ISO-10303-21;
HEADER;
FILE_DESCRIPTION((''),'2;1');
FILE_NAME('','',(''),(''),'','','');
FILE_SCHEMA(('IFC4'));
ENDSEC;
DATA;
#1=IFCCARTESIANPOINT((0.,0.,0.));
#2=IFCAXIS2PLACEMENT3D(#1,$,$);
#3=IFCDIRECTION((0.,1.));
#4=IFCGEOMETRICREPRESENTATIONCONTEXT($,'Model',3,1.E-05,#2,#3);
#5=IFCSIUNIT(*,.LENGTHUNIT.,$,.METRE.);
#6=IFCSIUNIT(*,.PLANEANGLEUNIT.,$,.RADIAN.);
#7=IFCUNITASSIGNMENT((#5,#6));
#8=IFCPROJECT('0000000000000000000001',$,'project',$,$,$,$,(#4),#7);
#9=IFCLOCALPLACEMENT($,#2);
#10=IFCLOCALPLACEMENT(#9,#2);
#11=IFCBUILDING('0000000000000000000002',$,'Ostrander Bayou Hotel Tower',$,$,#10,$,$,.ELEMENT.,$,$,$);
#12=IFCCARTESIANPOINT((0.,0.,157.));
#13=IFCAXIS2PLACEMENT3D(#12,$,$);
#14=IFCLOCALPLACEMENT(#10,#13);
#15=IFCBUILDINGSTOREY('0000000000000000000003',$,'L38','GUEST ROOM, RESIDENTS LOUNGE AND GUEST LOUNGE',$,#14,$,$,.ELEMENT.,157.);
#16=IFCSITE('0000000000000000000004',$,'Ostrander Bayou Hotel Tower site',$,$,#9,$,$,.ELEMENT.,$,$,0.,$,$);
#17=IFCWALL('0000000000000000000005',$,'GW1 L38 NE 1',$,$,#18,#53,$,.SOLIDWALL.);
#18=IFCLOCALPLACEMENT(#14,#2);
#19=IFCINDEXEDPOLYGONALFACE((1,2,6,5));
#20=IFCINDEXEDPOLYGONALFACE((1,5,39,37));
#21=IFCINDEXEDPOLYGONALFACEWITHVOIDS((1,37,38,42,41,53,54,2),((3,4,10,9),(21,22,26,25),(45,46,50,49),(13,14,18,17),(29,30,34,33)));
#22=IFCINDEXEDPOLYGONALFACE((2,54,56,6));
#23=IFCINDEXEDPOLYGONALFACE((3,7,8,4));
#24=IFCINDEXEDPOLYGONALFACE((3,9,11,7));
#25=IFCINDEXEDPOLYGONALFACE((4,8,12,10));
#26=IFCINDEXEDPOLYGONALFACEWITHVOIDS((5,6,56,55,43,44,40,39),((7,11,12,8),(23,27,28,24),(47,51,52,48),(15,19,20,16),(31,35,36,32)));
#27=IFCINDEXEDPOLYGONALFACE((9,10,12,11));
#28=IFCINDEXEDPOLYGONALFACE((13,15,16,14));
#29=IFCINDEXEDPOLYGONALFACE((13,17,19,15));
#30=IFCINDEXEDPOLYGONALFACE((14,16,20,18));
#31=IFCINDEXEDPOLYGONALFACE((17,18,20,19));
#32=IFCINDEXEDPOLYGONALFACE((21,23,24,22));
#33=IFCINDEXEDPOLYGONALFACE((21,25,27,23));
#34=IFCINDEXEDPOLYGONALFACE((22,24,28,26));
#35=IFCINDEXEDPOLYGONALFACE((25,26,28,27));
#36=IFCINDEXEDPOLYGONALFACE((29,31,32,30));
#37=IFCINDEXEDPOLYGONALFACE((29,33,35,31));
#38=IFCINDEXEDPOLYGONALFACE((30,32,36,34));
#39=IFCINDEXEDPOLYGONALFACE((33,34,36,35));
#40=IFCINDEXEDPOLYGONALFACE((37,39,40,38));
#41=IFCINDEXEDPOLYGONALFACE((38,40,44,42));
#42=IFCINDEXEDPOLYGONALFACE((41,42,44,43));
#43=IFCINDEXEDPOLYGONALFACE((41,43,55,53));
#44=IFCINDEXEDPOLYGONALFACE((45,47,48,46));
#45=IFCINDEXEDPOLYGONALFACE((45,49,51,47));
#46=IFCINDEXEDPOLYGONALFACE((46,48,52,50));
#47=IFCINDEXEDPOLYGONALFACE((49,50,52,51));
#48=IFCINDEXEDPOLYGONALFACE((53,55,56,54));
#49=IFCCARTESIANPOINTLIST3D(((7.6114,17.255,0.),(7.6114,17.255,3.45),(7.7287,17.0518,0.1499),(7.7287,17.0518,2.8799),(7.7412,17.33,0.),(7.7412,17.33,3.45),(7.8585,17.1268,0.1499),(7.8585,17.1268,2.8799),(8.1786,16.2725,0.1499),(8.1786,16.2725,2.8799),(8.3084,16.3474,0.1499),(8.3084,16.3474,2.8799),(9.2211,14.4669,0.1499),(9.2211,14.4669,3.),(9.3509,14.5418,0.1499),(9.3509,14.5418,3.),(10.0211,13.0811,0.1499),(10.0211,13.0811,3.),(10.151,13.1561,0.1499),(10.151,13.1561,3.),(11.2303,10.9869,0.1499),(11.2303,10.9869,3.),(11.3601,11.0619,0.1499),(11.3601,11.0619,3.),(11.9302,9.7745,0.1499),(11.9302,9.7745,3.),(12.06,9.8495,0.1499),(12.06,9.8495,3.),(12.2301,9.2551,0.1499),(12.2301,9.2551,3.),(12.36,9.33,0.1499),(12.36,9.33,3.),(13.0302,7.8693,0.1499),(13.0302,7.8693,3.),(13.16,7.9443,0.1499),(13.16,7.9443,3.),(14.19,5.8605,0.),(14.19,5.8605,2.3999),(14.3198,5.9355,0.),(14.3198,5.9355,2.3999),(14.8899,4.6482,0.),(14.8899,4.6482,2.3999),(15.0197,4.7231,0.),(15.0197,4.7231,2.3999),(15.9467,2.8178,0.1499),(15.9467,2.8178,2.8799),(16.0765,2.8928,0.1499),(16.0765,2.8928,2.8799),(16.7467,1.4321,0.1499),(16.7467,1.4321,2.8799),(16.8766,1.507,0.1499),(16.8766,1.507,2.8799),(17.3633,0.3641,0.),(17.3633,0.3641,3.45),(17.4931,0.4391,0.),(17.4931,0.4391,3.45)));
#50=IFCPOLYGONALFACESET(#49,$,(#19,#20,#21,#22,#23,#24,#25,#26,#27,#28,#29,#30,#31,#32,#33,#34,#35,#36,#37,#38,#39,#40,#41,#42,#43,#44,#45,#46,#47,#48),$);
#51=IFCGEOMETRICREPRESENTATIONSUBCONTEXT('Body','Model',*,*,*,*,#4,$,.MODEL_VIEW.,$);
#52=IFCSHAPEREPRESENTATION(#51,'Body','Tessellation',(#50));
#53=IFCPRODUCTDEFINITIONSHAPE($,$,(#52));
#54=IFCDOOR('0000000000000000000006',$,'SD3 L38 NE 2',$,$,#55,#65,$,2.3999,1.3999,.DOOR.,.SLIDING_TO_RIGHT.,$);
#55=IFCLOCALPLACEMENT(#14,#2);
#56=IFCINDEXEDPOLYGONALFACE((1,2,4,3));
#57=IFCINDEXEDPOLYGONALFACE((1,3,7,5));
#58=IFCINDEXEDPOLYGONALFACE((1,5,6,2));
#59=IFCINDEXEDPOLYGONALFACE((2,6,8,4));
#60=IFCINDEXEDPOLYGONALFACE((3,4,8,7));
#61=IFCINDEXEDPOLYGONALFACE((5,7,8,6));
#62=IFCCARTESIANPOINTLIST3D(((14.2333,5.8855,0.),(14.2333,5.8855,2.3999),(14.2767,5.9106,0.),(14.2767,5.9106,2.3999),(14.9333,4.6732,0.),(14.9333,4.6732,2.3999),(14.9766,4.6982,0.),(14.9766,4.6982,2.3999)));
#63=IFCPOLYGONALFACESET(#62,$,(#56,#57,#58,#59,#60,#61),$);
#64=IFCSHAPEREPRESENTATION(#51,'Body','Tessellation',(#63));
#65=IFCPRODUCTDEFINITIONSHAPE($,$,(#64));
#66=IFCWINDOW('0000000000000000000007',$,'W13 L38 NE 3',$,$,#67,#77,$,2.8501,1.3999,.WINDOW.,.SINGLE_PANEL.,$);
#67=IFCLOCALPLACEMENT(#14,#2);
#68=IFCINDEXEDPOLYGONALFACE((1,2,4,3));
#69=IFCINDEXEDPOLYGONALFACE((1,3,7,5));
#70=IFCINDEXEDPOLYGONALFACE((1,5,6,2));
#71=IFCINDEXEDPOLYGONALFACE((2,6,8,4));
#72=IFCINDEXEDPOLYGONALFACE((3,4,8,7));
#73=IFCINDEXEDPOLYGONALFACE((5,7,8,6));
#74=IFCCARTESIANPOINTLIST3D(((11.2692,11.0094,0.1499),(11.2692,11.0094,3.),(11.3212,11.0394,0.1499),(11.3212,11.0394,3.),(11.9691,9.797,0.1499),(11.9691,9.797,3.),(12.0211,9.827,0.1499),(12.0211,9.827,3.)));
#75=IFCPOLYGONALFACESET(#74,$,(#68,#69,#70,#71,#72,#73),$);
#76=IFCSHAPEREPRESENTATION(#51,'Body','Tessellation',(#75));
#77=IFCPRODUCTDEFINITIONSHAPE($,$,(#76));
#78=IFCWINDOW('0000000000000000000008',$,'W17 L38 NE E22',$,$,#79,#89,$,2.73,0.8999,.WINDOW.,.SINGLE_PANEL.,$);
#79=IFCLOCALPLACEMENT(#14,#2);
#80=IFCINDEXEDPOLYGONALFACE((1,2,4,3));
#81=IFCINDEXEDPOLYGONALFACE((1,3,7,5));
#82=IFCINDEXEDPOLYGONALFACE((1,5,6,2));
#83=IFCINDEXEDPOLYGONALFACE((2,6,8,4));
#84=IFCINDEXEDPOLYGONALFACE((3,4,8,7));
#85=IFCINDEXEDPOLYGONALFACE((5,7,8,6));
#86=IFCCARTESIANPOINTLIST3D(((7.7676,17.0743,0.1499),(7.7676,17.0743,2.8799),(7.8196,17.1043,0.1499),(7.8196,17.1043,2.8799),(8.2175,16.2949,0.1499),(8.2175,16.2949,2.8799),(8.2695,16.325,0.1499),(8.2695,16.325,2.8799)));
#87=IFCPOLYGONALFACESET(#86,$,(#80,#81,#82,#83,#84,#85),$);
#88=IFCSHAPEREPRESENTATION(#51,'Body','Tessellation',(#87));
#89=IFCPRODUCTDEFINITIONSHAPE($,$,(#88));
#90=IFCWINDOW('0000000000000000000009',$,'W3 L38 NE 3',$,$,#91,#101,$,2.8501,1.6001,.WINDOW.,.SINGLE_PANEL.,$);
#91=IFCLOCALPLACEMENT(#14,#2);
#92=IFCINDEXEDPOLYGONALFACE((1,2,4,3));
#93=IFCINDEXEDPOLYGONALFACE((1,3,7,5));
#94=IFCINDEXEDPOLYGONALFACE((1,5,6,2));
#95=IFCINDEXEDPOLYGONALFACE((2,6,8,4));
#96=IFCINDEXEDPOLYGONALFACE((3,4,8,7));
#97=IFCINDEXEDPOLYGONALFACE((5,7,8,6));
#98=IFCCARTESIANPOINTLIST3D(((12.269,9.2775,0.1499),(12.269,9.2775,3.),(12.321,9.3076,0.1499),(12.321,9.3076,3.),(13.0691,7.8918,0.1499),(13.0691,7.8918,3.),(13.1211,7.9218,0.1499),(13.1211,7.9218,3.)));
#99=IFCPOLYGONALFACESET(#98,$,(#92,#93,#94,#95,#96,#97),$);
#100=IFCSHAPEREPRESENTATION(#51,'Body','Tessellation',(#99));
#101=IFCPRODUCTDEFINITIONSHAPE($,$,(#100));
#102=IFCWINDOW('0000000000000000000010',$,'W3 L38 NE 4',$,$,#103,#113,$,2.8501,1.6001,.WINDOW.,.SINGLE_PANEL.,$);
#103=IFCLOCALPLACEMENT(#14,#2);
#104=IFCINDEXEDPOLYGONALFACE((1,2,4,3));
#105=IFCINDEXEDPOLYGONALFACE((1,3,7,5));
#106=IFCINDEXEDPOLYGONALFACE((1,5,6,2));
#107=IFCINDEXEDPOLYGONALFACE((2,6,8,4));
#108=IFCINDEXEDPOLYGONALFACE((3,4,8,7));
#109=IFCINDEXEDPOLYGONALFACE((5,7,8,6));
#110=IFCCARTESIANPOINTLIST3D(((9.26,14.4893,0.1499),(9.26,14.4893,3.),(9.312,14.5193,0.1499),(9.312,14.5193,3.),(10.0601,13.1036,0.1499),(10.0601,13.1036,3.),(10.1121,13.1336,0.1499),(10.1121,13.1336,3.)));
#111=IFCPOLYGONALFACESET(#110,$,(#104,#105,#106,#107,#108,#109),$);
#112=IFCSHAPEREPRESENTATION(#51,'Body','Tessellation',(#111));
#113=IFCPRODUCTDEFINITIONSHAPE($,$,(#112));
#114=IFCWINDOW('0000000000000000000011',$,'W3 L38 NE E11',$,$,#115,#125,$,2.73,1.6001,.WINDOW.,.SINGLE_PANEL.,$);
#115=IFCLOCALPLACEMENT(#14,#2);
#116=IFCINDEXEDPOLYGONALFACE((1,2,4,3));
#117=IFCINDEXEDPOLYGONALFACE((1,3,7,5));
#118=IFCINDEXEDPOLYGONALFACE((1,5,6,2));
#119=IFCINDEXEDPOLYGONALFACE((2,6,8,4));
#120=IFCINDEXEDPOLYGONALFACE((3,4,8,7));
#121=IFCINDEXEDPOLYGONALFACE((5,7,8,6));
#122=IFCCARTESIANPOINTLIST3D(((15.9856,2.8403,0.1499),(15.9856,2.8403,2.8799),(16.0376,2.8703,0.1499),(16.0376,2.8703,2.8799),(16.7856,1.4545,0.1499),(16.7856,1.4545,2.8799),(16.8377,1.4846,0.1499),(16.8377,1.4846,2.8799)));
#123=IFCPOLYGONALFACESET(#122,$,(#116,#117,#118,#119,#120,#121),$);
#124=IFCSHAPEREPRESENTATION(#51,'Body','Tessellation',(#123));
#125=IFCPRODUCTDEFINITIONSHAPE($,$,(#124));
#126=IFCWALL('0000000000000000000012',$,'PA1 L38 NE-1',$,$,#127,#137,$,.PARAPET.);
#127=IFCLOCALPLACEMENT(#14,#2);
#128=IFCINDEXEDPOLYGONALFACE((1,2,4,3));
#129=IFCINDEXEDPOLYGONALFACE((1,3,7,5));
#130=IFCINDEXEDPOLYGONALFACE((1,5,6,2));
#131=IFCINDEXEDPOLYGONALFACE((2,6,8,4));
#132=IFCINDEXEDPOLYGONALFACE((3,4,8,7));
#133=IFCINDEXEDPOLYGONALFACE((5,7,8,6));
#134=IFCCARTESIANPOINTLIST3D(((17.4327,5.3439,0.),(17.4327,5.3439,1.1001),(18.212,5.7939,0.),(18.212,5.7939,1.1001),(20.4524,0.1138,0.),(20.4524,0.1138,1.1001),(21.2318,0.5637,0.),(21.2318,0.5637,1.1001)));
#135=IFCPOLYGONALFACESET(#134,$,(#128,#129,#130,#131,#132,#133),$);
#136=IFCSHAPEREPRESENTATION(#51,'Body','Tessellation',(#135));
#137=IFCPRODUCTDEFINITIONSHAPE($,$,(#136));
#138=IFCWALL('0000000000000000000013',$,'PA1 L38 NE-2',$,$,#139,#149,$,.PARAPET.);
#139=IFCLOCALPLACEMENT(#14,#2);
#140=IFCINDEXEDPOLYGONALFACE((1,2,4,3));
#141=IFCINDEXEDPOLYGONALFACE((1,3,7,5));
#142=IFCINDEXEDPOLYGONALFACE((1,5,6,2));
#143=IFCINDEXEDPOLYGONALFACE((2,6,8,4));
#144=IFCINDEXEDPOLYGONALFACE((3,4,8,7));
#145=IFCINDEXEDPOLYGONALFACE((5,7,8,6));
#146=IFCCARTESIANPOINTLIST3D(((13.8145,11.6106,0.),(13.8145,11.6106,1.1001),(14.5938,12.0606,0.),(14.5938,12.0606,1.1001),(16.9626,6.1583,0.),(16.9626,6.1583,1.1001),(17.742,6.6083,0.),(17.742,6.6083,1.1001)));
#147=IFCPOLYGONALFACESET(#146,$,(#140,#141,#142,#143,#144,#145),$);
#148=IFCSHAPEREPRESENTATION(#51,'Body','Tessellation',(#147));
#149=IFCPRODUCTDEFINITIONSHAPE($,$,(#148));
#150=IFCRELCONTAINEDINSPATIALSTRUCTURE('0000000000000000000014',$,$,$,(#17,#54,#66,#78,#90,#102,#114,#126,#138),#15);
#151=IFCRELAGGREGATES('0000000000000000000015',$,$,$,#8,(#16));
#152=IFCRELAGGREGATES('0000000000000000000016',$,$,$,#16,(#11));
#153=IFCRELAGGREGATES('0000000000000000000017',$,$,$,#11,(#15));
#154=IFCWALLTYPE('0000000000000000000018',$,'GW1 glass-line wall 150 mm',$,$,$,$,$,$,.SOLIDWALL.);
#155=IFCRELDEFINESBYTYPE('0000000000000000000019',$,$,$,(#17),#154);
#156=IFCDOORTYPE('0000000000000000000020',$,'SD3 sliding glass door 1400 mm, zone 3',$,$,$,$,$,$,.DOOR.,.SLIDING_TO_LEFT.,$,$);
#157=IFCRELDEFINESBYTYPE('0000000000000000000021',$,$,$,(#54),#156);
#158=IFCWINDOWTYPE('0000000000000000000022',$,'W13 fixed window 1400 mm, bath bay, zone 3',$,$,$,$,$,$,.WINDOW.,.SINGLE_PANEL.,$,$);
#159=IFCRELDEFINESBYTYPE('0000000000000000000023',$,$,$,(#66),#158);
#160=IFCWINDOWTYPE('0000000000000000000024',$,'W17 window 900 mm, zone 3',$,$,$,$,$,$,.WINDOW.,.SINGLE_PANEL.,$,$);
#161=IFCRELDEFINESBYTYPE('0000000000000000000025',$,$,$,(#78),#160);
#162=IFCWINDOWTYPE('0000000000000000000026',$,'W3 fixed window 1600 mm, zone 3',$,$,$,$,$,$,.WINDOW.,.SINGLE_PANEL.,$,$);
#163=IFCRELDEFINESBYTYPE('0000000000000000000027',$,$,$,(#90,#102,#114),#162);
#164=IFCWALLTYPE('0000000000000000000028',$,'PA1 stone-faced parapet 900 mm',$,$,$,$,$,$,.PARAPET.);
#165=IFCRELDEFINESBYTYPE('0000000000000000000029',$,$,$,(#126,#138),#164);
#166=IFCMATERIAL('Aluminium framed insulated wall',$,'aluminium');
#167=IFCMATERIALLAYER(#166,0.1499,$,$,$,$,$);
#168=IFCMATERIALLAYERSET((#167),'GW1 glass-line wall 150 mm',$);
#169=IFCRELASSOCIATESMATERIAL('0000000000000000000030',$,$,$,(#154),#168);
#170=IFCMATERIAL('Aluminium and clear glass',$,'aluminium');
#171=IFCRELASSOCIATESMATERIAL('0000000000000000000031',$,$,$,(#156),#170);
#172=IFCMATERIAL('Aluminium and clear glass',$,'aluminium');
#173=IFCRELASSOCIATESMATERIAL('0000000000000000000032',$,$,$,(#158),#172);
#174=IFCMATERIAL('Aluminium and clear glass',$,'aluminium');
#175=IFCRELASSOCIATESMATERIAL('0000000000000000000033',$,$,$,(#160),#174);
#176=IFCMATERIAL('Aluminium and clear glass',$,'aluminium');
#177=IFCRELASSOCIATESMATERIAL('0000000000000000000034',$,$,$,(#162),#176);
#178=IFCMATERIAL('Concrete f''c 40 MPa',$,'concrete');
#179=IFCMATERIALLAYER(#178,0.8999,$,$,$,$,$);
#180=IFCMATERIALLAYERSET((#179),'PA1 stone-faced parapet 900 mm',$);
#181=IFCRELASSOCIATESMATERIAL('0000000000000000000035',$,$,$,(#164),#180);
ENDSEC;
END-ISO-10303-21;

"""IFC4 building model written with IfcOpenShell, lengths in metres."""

from ifc_helpers import new_model, si_unit, direction, frame, frame_2d, origin, place, context, subcontext, project, spatial, rectangle, extrude, material, layer, layer_set, type_object, element, fill, save


model = new_model("IFC4")

# Units and contexts
model_context = context("Model", 3, precision=1e-05, world=origin(), true_north=direction((0.0, 1.0)))
body_context = subcontext(model_context, "Body", "Model", "MODEL_VIEW")
ifc_project = project(units=[si_unit("LENGTHUNIT", "METRE"), si_unit("PLANEANGLEUNIT", "RADIAN")], contexts=[model_context])

# Site, building, storey
site_placement = place(None, origin())
site = spatial("IfcSite", under=ifc_project, at=site_placement, Name="Ostrander Bayou Hotel Tower site", CompositionType="ELEMENT", RefElevation=0.0)
building_placement = place(site_placement, origin())
building = spatial("IfcBuilding", under=site, at=building_placement, Name="Ostrander Bayou Hotel Tower", CompositionType="ELEMENT")
storey_placement = place(building_placement, frame((0.0, 0.0, 157.0)))
storey = spatial("IfcBuildingStorey", under=building, at=storey_placement, Name="L38", Description="GUEST ROOM, RESIDENTS LOUNGE AND GUEST LOUNGE", CompositionType="ELEMENT", Elevation=157.0)

# Wall, openings, door, windows
ifc_material_1 = material(Name="Aluminium framed insulated wall", Category="aluminium")
ifc_layer_1 = layer(ifc_material_1, 0.1499)
ifc_layer_set_1 = layer_set([ifc_layer_1], Name="GW1 glass-line wall 150 mm")
wall_type_1 = type_object("IfcWallType", Name="GW1 glass-line wall 150 mm", PredefinedType="SOLIDWALL", material=ifc_layer_set_1)
wall_1_placement = place(storey_placement, frame((17.4282, 0.4016, 0.0), z_axis=(0.0, 0.0, 1.0), x_axis=(-0.5, 0.866025, 0.0)))
wall_1 = element("IfcWall", 1, at=wall_1_placement, inside=storey, type_object=wall_type_1, Name="GW1 L38 NE 1", PredefinedType="SOLIDWALL", context=body_context, shape_type="SweptSolid", body=[
    extrude(rectangle(XDim=19.5039, YDim=0.1499, at=frame_2d((9.752, 0.0))), origin(), (0.0, 0.0, 1.0), 3.45),
])
opening_1_placement = place(wall_1_placement, frame((4.9468, 0.0, 0.0)))
opening_1 = element("IfcOpeningElement", 2, at=opening_1_placement, cuts=wall_1, PredefinedType="OPENING", context=body_context, shape_type="SweptSolid", body=[
    extrude(rectangle(XDim=1.3999, YDim=2.3999, at=frame_2d((0.7, 1.2))), frame((0.0, 0.075, 0.0), z_axis=(0.0, -1.0, 0.0), x_axis=(1.0, 0.0, 0.0)), (0.0, 0.0, 1.0), 0.1499),
])
opening_2_placement = place(wall_1_placement, frame((8.6663, 0.0, 0.1499)))
opening_2 = element("IfcOpeningElement", 3, at=opening_2_placement, cuts=wall_1, PredefinedType="OPENING", context=body_context, shape_type="SweptSolid", body=[
    extrude(rectangle(XDim=1.6001, YDim=2.8501, at=frame_2d((0.8, 1.425))), frame((0.0, 0.075, 0.0), z_axis=(0.0, -1.0, 0.0), x_axis=(1.0, 0.0, 0.0)), (0.0, 0.0, 1.0), 0.1499),
])
opening_3_placement = place(wall_1_placement, frame((10.8662, 0.0, 0.1499)))
opening_3 = element("IfcOpeningElement", 4, at=opening_3_placement, cuts=wall_1, PredefinedType="OPENING", context=body_context, shape_type="SweptSolid", body=[
    extrude(rectangle(XDim=1.3999, YDim=2.8501, at=frame_2d((0.7, 1.425))), frame((0.0, 0.075, 0.0), z_axis=(0.0, -1.0, 0.0), x_axis=(1.0, 0.0, 0.0)), (0.0, 0.0, 1.0), 0.1499),
])
opening_4_placement = place(wall_1_placement, frame((14.6843, 0.0, 0.1499)))
opening_4 = element("IfcOpeningElement", 5, at=opening_4_placement, cuts=wall_1, PredefinedType="OPENING", context=body_context, shape_type="SweptSolid", body=[
    extrude(rectangle(XDim=1.6001, YDim=2.8501, at=frame_2d((0.8, 1.425))), frame((0.0, 0.075, 0.0), z_axis=(0.0, -1.0, 0.0), x_axis=(1.0, 0.0, 0.0)), (0.0, 0.0, 1.0), 0.1499),
])
opening_5_placement = place(wall_1_placement, frame((1.2332, 0.0, 0.1499)))
opening_5 = element("IfcOpeningElement", 6, at=opening_5_placement, cuts=wall_1, PredefinedType="OPENING", context=body_context, shape_type="SweptSolid", body=[
    extrude(rectangle(XDim=1.6001, YDim=2.73, at=frame_2d((0.8, 1.365))), frame((0.0, 0.075, 0.0), z_axis=(0.0, -1.0, 0.0), x_axis=(1.0, 0.0, 0.0)), (0.0, 0.0, 1.0), 0.1499),
])
opening_6_placement = place(wall_1_placement, frame((18.3694, 0.0, 0.1499)))
opening_6 = element("IfcOpeningElement", 7, at=opening_6_placement, cuts=wall_1, PredefinedType="OPENING", context=body_context, shape_type="SweptSolid", body=[
    extrude(rectangle(XDim=0.8999, YDim=2.73, at=frame_2d((0.45, 1.365))), frame((0.0, 0.075, 0.0), z_axis=(0.0, -1.0, 0.0), x_axis=(1.0, 0.0, 0.0)), (0.0, 0.0, 1.0), 0.1499),
])
ifc_material_2 = material(Name="Aluminium and clear glass", Category="aluminium")
door_type = type_object("IfcDoorType", Name="SD3 sliding glass door 1400 mm, zone 3", OperationType="SLIDING_TO_LEFT", PredefinedType="DOOR", material=ifc_material_2)
door_placement = place(opening_1_placement, origin())
door = element("IfcDoor", 8, at=door_placement, inside=storey, type_object=door_type, Name="SD3 L38 NE 2", OperationType="SLIDING_TO_RIGHT", OverallHeight=2.3999, OverallWidth=1.3999, PredefinedType="DOOR", context=body_context, shape_type="SweptSolid", body=[
    extrude(rectangle(XDim=1.3999, YDim=2.3999, at=frame_2d((0.7, 1.2))), frame((0.0, 0.0249, 0.0), z_axis=(0.0, -1.0, 0.0), x_axis=(1.0, 0.0, 0.0)), (0.0, 0.0, 1.0), 0.05),
])
fill(opening_1, door)
ifc_material_3 = material(Name="Aluminium and clear glass", Category="aluminium")
window_type_1 = type_object("IfcWindowType", Name="W13 fixed window 1400 mm, bath bay, zone 3", PartitioningType="SINGLE_PANEL", PredefinedType="WINDOW", material=ifc_material_3)
window_1_placement = place(opening_3_placement, origin())
window_1 = element("IfcWindow", 9, at=window_1_placement, inside=storey, type_object=window_type_1, Name="W13 L38 NE 3", OverallHeight=2.8501, OverallWidth=1.3999, PartitioningType="SINGLE_PANEL", PredefinedType="WINDOW", context=body_context, shape_type="SweptSolid", body=[
    extrude(rectangle(XDim=1.3999, YDim=2.8501, at=frame_2d((0.7, 1.425))), frame((0.0, 0.03, 0.0), z_axis=(0.0, -1.0, 0.0), x_axis=(1.0, 0.0, 0.0)), (0.0, 0.0, 1.0), 0.0601),
])
fill(opening_3, window_1)
ifc_material_4 = material(Name="Aluminium and clear glass", Category="aluminium")
window_type_2 = type_object("IfcWindowType", Name="W17 window 900 mm, zone 3", PartitioningType="SINGLE_PANEL", PredefinedType="WINDOW", material=ifc_material_4)
window_2_placement = place(opening_6_placement, origin())
window_2 = element("IfcWindow", 10, at=window_2_placement, inside=storey, type_object=window_type_2, Name="W17 L38 NE E22", OverallHeight=2.73, OverallWidth=0.8999, PartitioningType="SINGLE_PANEL", PredefinedType="WINDOW", context=body_context, shape_type="SweptSolid", body=[
    extrude(rectangle(XDim=0.8999, YDim=2.73, at=frame_2d((0.45, 1.365))), frame((0.0, 0.03, 0.0), z_axis=(0.0, -1.0, 0.0), x_axis=(1.0, 0.0, 0.0)), (0.0, 0.0, 1.0), 0.0601),
])
fill(opening_6, window_2)
ifc_material_5 = material(Name="Aluminium and clear glass", Category="aluminium")
window_type_3 = type_object("IfcWindowType", Name="W3 fixed window 1600 mm, zone 3", PartitioningType="SINGLE_PANEL", PredefinedType="WINDOW", material=ifc_material_5)
window_3_placement = place(opening_2_placement, origin())
window_3 = element("IfcWindow", 11, at=window_3_placement, inside=storey, type_object=window_type_3, Name="W3 L38 NE 3", OverallHeight=2.8501, OverallWidth=1.6001, PartitioningType="SINGLE_PANEL", PredefinedType="WINDOW", context=body_context, shape_type="SweptSolid", body=[
    extrude(rectangle(XDim=1.6001, YDim=2.8501, at=frame_2d((0.8, 1.425))), frame((0.0, 0.03, 0.0), z_axis=(0.0, -1.0, 0.0), x_axis=(1.0, 0.0, 0.0)), (0.0, 0.0, 1.0), 0.0601),
])
fill(opening_2, window_3)
window_4_placement = place(opening_4_placement, origin())
window_4 = element("IfcWindow", 12, at=window_4_placement, inside=storey, type_object=window_type_3, Name="W3 L38 NE 4", OverallHeight=2.8501, OverallWidth=1.6001, PartitioningType="SINGLE_PANEL", PredefinedType="WINDOW", context=body_context, shape_type="SweptSolid", body=[
    extrude(rectangle(XDim=1.6001, YDim=2.8501, at=frame_2d((0.8, 1.425))), frame((0.0, 0.03, 0.0), z_axis=(0.0, -1.0, 0.0), x_axis=(1.0, 0.0, 0.0)), (0.0, 0.0, 1.0), 0.0601),
])
fill(opening_4, window_4)
window_5_placement = place(opening_5_placement, origin())
window_5 = element("IfcWindow", 13, at=window_5_placement, inside=storey, type_object=window_type_3, Name="W3 L38 NE E11", OverallHeight=2.73, OverallWidth=1.6001, PartitioningType="SINGLE_PANEL", PredefinedType="WINDOW", context=body_context, shape_type="SweptSolid", body=[
    extrude(rectangle(XDim=1.6001, YDim=2.73, at=frame_2d((0.8, 1.365))), frame((0.0, 0.03, 0.0), z_axis=(0.0, -1.0, 0.0), x_axis=(1.0, 0.0, 0.0)), (0.0, 0.0, 1.0), 0.0601),
])
fill(opening_5, window_5)

# Walls
ifc_material_6 = material(Name="Concrete f'c 40 MPa", Category="concrete")
ifc_layer_2 = layer(ifc_material_6, 0.8999)
ifc_layer_set_2 = layer_set([ifc_layer_2], Name="PA1 stone-faced parapet 900 mm")
wall_type_2 = type_object("IfcWallType", Name="PA1 stone-faced parapet 900 mm", PredefinedType="PARAPET", material=ifc_layer_set_2)
wall_2_placement = place(storey_placement, frame((20.842, 0.3389, 0.0), z_axis=(0.0, 0.0, 1.0), x_axis=(-0.500013, 0.866018, 0.0)))
element("IfcWall", 14, at=wall_2_placement, inside=storey, type_object=wall_type_2, Name="PA1 L38 NE-1", PredefinedType="PARAPET", context=body_context, shape_type="SweptSolid", body=[
    extrude(rectangle(XDim=6.0393, YDim=0.8999, at=frame_2d((3.0195, 0.0))), origin(), (0.0, 0.0, 1.0), 1.1001),
])
wall_3_placement = place(storey_placement, frame((17.3523, 6.3833, 0.0), z_axis=(0.0, 0.0, 1.0), x_axis=(-0.50003, 0.866008, 0.0)))
element("IfcWall", 15, at=wall_3_placement, inside=storey, type_object=wall_type_2, Name="PA1 L38 NE-2", PredefinedType="PARAPET", context=body_context, shape_type="SweptSolid", body=[
    extrude(rectangle(XDim=6.2959, YDim=0.8999, at=frame_2d((3.1479, 0.0))), origin(), (0.0, 0.0, 1.0), 1.1001),
])

save(model, "model.ifc")
